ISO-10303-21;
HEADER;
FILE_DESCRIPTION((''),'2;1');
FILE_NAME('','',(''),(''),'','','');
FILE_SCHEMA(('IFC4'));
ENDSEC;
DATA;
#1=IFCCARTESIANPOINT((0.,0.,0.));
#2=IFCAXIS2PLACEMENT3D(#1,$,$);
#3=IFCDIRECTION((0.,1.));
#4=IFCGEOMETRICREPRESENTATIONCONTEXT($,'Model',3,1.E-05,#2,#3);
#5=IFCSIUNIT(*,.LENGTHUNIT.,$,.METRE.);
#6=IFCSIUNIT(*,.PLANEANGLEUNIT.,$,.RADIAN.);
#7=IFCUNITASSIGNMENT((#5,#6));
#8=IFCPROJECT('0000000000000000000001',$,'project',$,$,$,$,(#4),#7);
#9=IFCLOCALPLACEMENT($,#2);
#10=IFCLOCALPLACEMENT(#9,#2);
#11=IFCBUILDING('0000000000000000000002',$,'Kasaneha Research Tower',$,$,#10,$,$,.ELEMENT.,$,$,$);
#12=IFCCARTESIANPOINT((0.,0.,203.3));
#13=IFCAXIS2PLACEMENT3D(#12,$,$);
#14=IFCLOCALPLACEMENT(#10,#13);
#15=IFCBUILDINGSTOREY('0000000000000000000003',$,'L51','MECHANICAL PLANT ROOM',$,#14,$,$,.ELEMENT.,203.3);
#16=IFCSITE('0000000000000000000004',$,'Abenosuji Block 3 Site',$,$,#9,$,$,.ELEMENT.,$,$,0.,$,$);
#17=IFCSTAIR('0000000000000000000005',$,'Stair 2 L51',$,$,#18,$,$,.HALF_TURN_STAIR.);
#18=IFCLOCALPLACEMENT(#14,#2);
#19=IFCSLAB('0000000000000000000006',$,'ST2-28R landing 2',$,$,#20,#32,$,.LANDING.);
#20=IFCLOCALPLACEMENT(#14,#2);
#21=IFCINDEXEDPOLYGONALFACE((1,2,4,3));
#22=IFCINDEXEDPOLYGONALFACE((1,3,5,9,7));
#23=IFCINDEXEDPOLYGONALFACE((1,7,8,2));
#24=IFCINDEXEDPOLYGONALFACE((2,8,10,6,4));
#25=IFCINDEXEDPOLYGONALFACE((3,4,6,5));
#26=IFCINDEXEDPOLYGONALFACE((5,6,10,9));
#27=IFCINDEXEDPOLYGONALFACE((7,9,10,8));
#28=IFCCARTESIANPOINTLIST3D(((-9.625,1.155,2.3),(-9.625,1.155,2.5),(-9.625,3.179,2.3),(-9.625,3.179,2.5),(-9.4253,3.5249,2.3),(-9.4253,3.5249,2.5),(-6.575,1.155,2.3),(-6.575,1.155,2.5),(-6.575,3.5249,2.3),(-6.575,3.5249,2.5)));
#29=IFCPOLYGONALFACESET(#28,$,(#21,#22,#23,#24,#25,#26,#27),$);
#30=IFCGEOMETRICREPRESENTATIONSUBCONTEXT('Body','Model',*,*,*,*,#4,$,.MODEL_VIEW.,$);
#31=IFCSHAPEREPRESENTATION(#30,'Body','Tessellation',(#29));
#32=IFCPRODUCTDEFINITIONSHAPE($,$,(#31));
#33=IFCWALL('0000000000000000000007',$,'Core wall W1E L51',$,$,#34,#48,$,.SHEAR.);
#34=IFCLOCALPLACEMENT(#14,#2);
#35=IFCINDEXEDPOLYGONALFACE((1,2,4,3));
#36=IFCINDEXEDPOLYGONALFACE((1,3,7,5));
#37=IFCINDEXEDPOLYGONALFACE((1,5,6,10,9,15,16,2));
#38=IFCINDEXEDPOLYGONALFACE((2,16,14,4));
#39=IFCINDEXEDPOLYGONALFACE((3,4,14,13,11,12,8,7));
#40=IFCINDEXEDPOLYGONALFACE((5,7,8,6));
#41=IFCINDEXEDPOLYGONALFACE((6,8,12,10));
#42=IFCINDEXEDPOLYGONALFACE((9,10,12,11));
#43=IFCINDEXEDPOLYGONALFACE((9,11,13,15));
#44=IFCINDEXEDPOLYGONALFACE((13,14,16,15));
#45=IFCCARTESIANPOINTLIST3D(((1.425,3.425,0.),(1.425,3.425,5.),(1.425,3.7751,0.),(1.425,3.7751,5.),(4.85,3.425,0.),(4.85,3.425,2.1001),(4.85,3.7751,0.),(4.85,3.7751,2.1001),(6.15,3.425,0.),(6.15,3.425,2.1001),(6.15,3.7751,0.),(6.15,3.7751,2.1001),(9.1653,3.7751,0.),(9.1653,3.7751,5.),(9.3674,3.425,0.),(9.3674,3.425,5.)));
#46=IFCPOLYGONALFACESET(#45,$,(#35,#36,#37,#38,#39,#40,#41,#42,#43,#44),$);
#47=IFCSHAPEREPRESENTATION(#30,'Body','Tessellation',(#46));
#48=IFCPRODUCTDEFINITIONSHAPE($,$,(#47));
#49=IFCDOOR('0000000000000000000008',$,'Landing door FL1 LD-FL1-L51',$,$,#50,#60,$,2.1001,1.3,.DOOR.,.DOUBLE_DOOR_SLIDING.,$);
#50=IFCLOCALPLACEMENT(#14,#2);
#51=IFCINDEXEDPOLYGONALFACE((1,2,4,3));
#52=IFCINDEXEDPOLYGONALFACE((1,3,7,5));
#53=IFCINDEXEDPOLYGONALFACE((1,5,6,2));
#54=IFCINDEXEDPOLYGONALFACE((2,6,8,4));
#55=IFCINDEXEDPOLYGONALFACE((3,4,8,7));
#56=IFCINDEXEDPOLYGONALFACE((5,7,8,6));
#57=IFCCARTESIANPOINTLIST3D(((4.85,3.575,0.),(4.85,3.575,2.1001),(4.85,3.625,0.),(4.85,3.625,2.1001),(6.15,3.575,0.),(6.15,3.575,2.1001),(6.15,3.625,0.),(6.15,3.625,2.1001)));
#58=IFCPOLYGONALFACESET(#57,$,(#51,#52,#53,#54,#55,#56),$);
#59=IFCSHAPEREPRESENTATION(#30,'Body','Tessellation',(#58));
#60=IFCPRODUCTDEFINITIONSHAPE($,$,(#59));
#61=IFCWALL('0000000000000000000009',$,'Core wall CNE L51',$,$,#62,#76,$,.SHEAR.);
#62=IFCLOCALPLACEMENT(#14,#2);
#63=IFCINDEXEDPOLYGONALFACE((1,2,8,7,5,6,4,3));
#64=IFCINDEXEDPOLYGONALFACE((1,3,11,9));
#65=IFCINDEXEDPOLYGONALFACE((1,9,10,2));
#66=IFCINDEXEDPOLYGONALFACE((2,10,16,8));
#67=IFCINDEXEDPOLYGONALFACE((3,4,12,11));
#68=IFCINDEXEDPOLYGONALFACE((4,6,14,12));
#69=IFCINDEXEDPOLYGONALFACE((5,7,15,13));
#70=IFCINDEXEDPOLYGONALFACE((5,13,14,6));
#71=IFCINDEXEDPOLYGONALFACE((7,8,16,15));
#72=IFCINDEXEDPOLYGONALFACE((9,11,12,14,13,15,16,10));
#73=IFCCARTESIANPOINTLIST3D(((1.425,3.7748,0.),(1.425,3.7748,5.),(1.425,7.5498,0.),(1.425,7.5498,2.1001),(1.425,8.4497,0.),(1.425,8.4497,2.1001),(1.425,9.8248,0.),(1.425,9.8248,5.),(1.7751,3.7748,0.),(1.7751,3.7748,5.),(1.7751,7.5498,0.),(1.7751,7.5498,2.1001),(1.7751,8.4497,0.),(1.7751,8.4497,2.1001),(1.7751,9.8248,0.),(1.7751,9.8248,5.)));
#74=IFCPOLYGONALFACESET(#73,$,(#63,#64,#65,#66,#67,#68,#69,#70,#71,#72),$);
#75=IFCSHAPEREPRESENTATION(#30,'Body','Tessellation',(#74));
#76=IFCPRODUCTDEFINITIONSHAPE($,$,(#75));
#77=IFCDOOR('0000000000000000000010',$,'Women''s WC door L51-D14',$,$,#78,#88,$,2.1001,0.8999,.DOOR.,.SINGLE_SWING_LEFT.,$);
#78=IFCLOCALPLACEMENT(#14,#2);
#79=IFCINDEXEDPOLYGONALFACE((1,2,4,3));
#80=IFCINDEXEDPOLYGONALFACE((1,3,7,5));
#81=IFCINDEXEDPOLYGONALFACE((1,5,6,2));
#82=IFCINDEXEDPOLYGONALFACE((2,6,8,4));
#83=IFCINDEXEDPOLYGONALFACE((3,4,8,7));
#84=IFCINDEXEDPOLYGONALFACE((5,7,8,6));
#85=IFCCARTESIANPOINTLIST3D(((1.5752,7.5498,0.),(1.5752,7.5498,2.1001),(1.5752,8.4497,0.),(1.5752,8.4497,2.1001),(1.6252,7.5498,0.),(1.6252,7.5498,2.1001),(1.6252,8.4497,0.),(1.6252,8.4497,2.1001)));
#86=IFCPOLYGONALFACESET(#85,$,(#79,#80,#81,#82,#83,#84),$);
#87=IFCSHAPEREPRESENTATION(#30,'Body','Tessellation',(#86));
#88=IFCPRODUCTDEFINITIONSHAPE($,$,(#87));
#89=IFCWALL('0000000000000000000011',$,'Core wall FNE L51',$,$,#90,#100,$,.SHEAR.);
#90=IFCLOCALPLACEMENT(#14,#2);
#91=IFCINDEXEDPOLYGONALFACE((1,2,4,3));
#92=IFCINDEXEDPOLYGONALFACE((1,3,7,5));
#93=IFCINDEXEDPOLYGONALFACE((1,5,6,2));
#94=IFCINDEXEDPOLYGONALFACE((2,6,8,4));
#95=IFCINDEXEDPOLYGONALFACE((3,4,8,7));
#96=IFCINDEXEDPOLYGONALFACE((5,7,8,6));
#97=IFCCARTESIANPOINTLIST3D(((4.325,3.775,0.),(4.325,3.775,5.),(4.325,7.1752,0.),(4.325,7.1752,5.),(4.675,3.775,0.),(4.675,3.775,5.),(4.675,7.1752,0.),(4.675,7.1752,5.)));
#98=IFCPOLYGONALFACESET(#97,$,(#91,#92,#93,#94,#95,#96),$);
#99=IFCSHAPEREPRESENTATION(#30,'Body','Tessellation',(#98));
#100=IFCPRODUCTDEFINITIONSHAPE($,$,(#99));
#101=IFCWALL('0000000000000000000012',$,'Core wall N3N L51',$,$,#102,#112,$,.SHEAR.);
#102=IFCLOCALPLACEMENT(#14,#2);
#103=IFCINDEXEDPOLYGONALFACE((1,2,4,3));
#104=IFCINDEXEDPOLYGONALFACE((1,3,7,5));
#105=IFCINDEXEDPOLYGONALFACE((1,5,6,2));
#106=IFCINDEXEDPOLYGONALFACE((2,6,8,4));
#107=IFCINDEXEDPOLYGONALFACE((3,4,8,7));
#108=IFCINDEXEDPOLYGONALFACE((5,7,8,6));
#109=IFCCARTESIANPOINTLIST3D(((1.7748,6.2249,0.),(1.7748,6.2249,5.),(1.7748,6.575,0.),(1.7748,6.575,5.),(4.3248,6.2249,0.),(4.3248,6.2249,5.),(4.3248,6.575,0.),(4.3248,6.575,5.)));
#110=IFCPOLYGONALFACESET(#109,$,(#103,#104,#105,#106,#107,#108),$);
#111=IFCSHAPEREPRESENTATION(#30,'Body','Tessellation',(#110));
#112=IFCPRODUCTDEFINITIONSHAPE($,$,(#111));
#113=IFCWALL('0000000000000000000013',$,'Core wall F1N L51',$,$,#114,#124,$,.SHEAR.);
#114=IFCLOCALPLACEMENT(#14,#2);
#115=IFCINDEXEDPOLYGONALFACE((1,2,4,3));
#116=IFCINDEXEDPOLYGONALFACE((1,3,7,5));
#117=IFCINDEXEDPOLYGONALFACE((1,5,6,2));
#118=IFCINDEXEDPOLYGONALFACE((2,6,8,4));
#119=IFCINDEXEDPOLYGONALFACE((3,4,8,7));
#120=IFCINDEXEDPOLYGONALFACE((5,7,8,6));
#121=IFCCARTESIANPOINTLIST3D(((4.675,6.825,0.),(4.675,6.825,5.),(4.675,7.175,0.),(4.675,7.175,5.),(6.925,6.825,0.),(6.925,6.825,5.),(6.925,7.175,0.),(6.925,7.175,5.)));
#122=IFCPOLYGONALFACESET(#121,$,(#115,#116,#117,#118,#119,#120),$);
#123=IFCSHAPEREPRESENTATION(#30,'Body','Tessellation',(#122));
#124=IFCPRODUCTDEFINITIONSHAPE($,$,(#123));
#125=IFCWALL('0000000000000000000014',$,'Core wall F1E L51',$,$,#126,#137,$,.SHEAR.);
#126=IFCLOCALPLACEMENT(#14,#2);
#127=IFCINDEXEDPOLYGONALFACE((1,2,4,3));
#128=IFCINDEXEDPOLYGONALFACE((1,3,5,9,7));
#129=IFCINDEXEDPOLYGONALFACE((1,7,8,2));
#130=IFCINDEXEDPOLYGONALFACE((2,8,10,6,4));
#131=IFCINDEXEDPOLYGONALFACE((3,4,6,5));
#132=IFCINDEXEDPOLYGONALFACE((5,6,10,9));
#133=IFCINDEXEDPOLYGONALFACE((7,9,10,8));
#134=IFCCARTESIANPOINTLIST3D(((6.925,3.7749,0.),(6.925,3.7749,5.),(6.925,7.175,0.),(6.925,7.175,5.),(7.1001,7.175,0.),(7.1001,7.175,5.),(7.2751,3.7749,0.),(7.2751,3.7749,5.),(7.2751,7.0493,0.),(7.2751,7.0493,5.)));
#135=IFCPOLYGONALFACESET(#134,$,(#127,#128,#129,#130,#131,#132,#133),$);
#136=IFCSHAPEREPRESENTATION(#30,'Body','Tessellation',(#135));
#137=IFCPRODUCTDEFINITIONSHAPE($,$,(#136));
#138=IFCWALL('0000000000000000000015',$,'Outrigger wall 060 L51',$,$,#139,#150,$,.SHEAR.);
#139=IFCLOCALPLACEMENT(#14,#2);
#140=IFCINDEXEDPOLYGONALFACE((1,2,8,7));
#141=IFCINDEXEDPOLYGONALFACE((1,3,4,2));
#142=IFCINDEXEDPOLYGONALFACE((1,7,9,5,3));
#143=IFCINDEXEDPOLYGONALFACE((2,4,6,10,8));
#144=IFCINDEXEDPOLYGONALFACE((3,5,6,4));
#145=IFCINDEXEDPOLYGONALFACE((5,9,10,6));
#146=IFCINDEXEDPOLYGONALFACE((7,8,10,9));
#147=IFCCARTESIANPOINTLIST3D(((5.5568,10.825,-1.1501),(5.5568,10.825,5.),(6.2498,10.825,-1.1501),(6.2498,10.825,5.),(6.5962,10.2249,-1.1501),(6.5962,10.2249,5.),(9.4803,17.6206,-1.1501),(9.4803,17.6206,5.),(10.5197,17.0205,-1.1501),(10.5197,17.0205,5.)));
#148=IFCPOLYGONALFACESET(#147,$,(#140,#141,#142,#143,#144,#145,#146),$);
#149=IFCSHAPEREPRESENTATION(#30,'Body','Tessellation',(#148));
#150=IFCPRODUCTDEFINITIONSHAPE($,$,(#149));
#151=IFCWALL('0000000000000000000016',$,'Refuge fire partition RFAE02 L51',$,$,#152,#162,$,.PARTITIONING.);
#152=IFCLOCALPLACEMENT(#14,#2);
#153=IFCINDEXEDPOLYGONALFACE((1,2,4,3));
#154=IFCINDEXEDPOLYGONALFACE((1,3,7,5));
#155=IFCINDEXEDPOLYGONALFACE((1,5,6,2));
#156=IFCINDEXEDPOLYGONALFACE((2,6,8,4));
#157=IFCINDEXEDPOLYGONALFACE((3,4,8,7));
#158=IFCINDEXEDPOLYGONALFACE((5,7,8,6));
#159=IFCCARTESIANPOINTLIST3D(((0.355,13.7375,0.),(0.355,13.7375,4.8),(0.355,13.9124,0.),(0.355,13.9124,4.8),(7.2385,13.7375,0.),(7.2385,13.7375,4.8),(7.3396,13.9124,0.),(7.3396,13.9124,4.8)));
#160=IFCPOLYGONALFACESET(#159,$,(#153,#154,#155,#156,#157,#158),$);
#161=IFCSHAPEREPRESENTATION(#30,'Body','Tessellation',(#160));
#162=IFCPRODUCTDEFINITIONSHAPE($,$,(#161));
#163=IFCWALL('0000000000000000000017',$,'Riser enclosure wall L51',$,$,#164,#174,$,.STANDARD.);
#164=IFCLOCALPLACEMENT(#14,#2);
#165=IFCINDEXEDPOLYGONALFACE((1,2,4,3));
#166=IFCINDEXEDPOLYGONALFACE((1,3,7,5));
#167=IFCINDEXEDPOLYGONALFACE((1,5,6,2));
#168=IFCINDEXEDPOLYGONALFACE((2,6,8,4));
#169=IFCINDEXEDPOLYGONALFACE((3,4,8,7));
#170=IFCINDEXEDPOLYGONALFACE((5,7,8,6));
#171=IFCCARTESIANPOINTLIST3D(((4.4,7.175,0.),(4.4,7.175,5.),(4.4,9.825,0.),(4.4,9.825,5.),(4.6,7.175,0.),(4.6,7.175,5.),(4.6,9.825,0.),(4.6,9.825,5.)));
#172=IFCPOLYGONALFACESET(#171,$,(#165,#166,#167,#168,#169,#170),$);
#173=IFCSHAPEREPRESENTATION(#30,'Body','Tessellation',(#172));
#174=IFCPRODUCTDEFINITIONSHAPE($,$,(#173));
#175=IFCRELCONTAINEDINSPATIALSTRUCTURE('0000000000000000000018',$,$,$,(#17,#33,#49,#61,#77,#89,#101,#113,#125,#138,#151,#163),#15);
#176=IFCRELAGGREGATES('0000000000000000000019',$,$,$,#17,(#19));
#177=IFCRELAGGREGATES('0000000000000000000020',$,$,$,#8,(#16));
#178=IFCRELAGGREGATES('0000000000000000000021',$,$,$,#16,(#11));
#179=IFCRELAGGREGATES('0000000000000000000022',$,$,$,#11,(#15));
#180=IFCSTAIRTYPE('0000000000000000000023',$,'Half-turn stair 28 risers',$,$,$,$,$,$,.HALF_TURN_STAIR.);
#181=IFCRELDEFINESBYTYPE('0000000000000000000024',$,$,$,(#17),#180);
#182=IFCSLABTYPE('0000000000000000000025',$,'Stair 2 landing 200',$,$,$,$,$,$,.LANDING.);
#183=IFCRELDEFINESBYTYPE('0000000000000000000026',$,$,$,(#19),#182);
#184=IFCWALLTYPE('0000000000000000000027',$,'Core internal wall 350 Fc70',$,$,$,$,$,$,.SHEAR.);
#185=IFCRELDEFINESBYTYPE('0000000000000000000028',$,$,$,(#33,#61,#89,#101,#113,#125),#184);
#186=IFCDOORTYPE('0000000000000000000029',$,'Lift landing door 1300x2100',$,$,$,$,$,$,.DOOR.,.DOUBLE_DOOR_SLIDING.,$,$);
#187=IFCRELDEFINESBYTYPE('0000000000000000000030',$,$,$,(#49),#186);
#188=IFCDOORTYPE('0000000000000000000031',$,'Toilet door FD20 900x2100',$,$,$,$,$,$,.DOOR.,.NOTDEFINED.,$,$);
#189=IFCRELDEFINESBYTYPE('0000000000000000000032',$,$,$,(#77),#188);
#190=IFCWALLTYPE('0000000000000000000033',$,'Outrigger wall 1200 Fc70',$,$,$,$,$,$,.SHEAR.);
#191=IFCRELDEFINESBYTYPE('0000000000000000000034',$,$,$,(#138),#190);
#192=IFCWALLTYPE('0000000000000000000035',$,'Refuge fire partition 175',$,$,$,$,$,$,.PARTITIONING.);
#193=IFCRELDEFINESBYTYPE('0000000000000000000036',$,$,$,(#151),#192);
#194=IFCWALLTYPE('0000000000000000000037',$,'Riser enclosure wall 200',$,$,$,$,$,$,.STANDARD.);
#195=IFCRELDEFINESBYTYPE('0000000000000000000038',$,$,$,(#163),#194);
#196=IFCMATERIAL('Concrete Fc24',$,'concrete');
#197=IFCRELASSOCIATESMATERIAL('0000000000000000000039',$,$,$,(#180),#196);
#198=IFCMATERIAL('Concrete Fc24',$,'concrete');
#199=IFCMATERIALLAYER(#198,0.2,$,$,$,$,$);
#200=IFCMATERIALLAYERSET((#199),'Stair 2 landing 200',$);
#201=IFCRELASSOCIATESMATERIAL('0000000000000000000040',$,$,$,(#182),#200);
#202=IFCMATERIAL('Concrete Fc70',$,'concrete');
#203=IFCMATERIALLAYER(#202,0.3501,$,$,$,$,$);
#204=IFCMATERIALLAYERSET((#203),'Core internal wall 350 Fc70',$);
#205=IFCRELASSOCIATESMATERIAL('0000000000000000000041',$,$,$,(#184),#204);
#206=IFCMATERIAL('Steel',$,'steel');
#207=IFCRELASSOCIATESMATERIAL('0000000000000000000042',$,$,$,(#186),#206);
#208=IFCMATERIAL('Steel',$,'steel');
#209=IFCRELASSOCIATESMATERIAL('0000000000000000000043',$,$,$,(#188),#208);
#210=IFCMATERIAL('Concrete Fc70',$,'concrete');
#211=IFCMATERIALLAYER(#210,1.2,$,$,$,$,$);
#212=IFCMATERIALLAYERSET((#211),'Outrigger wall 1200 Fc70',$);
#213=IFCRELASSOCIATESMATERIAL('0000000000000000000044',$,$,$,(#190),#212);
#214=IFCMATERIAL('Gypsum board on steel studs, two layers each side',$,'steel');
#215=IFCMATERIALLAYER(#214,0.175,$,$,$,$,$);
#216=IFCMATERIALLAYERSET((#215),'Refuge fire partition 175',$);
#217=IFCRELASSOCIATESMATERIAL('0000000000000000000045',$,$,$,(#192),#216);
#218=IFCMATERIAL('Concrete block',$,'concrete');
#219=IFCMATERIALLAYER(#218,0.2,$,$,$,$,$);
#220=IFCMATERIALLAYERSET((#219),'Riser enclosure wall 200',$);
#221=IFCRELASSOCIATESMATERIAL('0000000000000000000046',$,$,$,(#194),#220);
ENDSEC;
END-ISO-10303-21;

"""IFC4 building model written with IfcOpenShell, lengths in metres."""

from ifc_helpers import new_model, si_unit, direction, frame, frame_2d, origin, place, context, subcontext, project, spatial, polyline, rectangle, outline, extrude, material, layer, layer_set, type_object, element, fill, aggregate, save


model = new_model("IFC4")

# Units and contexts
model_context = context("Model", 3, precision=1e-05, world=origin(), true_north=direction((0.0, 1.0)))
body_context = subcontext(model_context, "Body", "Model", "MODEL_VIEW")
ifc_project = project(units=[si_unit("LENGTHUNIT", "METRE"), si_unit("PLANEANGLEUNIT", "RADIAN")], contexts=[model_context])

# Site, building, storey
site_placement = place(None, origin())
site = spatial("IfcSite", under=ifc_project, at=site_placement, Name="Abenosuji Block 3 Site", CompositionType="ELEMENT", RefElevation=0.0)
building_placement = place(site_placement, origin())
building = spatial("IfcBuilding", under=site, at=building_placement, Name="Kasaneha Research Tower", CompositionType="ELEMENT")
storey_placement = place(building_placement, frame((0.0, 0.0, 203.3)))
storey = spatial("IfcBuildingStorey", under=building, at=storey_placement, Name="L51", Description="MECHANICAL PLANT ROOM", CompositionType="ELEMENT", Elevation=203.3)

# Stair, slab
ifc_material_1 = material(Name="Concrete Fc24", Category="concrete")
stair_type = type_object("IfcStairType", Name="Half-turn stair 28 risers", PredefinedType="HALF_TURN_STAIR", material=ifc_material_1)
stair_1_placement = place(storey_placement, origin())
stair_1 = element("IfcStair", 1, at=stair_1_placement, inside=storey, type_object=stair_type, Name="Stair 2 L51", PredefinedType="HALF_TURN_STAIR")
ifc_material_2 = material(Name="Concrete Fc24", Category="concrete")
ifc_layer_1 = layer(ifc_material_2, 0.2)
ifc_layer_set_1 = layer_set([ifc_layer_1], Name="Stair 2 landing 200")
slab_type_1 = type_object("IfcSlabType", Name="Stair 2 landing 200", PredefinedType="LANDING", material=ifc_layer_set_1)
slab_1_placement = place(storey_placement, frame((0.0, 0.0, 2.3)))
slab_1 = element("IfcSlab", 2, at=slab_1_placement, type_object=slab_type_1, Name="ST2-28R landing 2", PredefinedType="LANDING", context=body_context, shape_type="SweptSolid", body=[
    extrude(outline(polyline([(-6.575, 1.155), (-9.625, 1.155), (-9.625, 3.179), (-9.4253, 3.5249), (-6.575, 3.5249), (-6.575, 1.155)])), origin(), (0.0, 0.0, 1.0), 0.2),
])
aggregate(stair_1, [slab_1])

# Walls, openings, doors
ifc_material_3 = material(Name="Concrete Fc70", Category="concrete")
ifc_layer_2 = layer(ifc_material_3, 0.3501)
ifc_layer_set_2 = layer_set([ifc_layer_2], Name="Core internal wall 350 Fc70")
wall_type_1 = type_object("IfcWallType", Name="Core internal wall 350 Fc70", PredefinedType="SHEAR", material=ifc_layer_set_2)
wall_1_placement = place(storey_placement, frame((1.425, 3.6001, 0.0), z_axis=(0.0, 0.0, 1.0), x_axis=(1.0, 0.0, 0.0)))
wall_1 = element("IfcWall", 3, at=wall_1_placement, inside=storey, type_object=wall_type_1, Name="Core wall W1E L51", PredefinedType="SHEAR", context=body_context, shape_type="SweptSolid", body=[
    extrude(outline(polyline([(0.0, -0.175), (3.425, -0.175), (4.7251, -0.175), (7.9424, -0.175), (7.7402, 0.175), (4.7251, 0.175), (3.425, 0.175), (0.0, 0.175), (0.0, -0.175)])), origin(), (0.0, 0.0, 1.0), 5.0),
])
opening_1_placement = place(wall_1_placement, frame((3.425, 0.0, 0.0)))
opening_1 = element("IfcOpeningElement", 4, at=opening_1_placement, cuts=wall_1, PredefinedType="OPENING", context=body_context, shape_type="SweptSolid", body=[
    extrude(rectangle(XDim=1.3, YDim=2.1001, at=frame_2d((0.6499, 1.05))), frame((0.0, 0.1851, 0.0), z_axis=(0.0, -1.0, 0.0), x_axis=(1.0, 0.0, 0.0)), (0.0, 0.0, 1.0), 0.3701),
])
ifc_material_4 = material(Name="Steel", Category="steel")
door_type_1 = type_object("IfcDoorType", Name="Lift landing door 1300x2100", OperationType="DOUBLE_DOOR_SLIDING", PredefinedType="DOOR", material=ifc_material_4)
door_1_placement = place(opening_1_placement, origin())
door_1 = element("IfcDoor", 5, at=door_1_placement, inside=storey, type_object=door_type_1, Name="Landing door FL1 LD-FL1-L51", OperationType="DOUBLE_DOOR_SLIDING", OverallHeight=2.1001, OverallWidth=1.3, PredefinedType="DOOR", context=body_context, shape_type="SweptSolid", body=[
    extrude(rectangle(XDim=1.3, YDim=2.1001, at=frame_2d((0.6499, 1.05))), frame((0.0, 0.0249, 0.0), z_axis=(0.0, -1.0, 0.0), x_axis=(1.0, 0.0, 0.0)), (0.0, 0.0, 1.0), 0.05),
])
fill(opening_1, door_1)
wall_2_placement = place(storey_placement, frame((1.6001, 3.7749, 0.0), z_axis=(0.0, 0.0, 1.0), x_axis=(0.0, 1.0, 0.0)))
wall_2 = element("IfcWall", 6, at=wall_2_placement, inside=storey, type_object=wall_type_1, Name="Core wall CNE L51", PredefinedType="SHEAR", context=body_context, shape_type="SweptSolid", body=[
    extrude(rectangle(XDim=6.05, YDim=0.3501, at=frame_2d((3.0249, 0.0))), origin(), (0.0, 0.0, 1.0), 5.0),
])
opening_2_placement = place(wall_2_placement, frame((3.7749, 0.0, 0.0)))
opening_2 = element("IfcOpeningElement", 7, at=opening_2_placement, cuts=wall_2, PredefinedType="OPENING", context=body_context, shape_type="SweptSolid", body=[
    extrude(rectangle(XDim=0.8999, YDim=2.1001, at=frame_2d((0.45, 1.05))), frame((0.0, 0.1851, 0.0), z_axis=(0.0, -1.0, 0.0), x_axis=(1.0, 0.0, 0.0)), (0.0, 0.0, 1.0), 0.3701),
])
ifc_material_5 = material(Name="Steel", Category="steel")
door_type_2 = type_object("IfcDoorType", Name="Toilet door FD20 900x2100", OperationType="NOTDEFINED", PredefinedType="DOOR", material=ifc_material_5)
door_2_placement = place(opening_2_placement, origin())
door_2 = element("IfcDoor", 8, at=door_2_placement, inside=storey, type_object=door_type_2, Name="Women's WC door L51-D14", OperationType="SINGLE_SWING_LEFT", OverallHeight=2.1001, OverallWidth=0.8999, PredefinedType="DOOR", context=body_context, shape_type="SweptSolid", body=[
    extrude(rectangle(XDim=0.8999, YDim=2.1001, at=frame_2d((0.45, 1.05))), frame((0.0, 0.0249, 0.0), z_axis=(0.0, -1.0, 0.0), x_axis=(1.0, 0.0, 0.0)), (0.0, 0.0, 1.0), 0.05),
])
fill(opening_2, door_2)

# Walls
wall_3_placement = place(storey_placement, frame((4.5, 3.7749, 0.0), z_axis=(0.0, 0.0, 1.0), x_axis=(0.0, 1.0, 0.0)))
element("IfcWall", 9, at=wall_3_placement, inside=storey, type_object=wall_type_1, Name="Core wall FNE L51", PredefinedType="SHEAR", context=body_context, shape_type="SweptSolid", body=[
    extrude(rectangle(XDim=3.4001, YDim=0.3501, at=frame_2d((1.7002, 0.0))), origin(), (0.0, 0.0, 1.0), 5.0),
])
wall_4_placement = place(storey_placement, frame((1.7749, 6.3999, 0.0), z_axis=(0.0, 0.0, 1.0), x_axis=(1.0, 0.0, 0.0)))
element("IfcWall", 10, at=wall_4_placement, inside=storey, type_object=wall_type_1, Name="Core wall N3N L51", PredefinedType="SHEAR", context=body_context, shape_type="SweptSolid", body=[
    extrude(rectangle(XDim=2.55, YDim=0.3501, at=frame_2d((1.2749, 0.0))), origin(), (0.0, 0.0, 1.0), 5.0),
])
wall_5_placement = place(storey_placement, frame((4.675, 7.0, 0.0), z_axis=(0.0, 0.0, 1.0), x_axis=(1.0, 0.0, 0.0)))
element("IfcWall", 11, at=wall_5_placement, inside=storey, type_object=wall_type_1, Name="Core wall F1N L51", PredefinedType="SHEAR", context=body_context, shape_type="SweptSolid", body=[
    extrude(rectangle(XDim=2.25, YDim=0.3501, at=frame_2d((1.125, 0.0))), origin(), (0.0, 0.0, 1.0), 5.0),
])
wall_6_placement = place(storey_placement, frame((7.1001, 3.7749, 0.0), z_axis=(0.0, 0.0, 1.0), x_axis=(0.0, 1.0, 0.0)))
element("IfcWall", 12, at=wall_6_placement, inside=storey, type_object=wall_type_1, Name="Core wall F1E L51", PredefinedType="SHEAR", context=body_context, shape_type="SweptSolid", body=[
    extrude(outline(polyline([(0.0, -0.175), (3.2744, -0.175), (3.4001, 0.0), (3.4001, 0.175), (0.0, 0.175), (0.0, -0.175)])), origin(), (0.0, 0.0, 1.0), 5.0),
])

# Walls
ifc_material_6 = material(Name="Concrete Fc70", Category="concrete")
ifc_layer_3 = layer(ifc_material_6, 1.2)
ifc_layer_set_3 = layer_set([ifc_layer_3], Name="Outrigger wall 1200 Fc70")
wall_type_2 = type_object("IfcWallType", Name="Outrigger wall 1200 Fc70", PredefinedType="SHEAR", material=ifc_layer_set_3)
wall_7_placement = place(storey_placement, frame((6.2498, 10.825, -1.1501), z_axis=(0.0, 0.0, 1.0), x_axis=(0.5, 0.866025, 0.0)))
element("IfcWall", 13, at=wall_7_placement, inside=storey, type_object=wall_type_2, Name="Outrigger wall 060 L51", PredefinedType="SHEAR", context=body_context, shape_type="SweptSolid", body=[
    extrude(outline(polyline([(-0.3464, -0.6001), (7.5005, -0.6001), (7.5005, 0.6001), (-0.3464, 0.6001), (0.0, 0.0), (-0.3464, -0.6001)])), origin(), (0.0, 0.0, 1.0), 6.1501),
])
ifc_material_7 = material(Name="Gypsum board on steel studs, two layers each side", Category="steel")
ifc_layer_4 = layer(ifc_material_7, 0.175)
ifc_layer_set_4 = layer_set([ifc_layer_4], Name="Refuge fire partition 175")
wall_type_3 = type_object("IfcWallType", Name="Refuge fire partition 175", PredefinedType="PARTITIONING", material=ifc_layer_set_4)
wall_8_placement = place(storey_placement, frame((7.2891, 13.825, 0.0), z_axis=(0.0, 0.0, 1.0), x_axis=(-1.0, 0.0, 0.0)))
element("IfcWall", 14, at=wall_8_placement, inside=storey, type_object=wall_type_3, Name="Refuge fire partition RFAE02 L51", PredefinedType="PARTITIONING", context=body_context, shape_type="SweptSolid", body=[
    extrude(outline(polyline([(-0.0505, -0.0874), (6.9341, -0.0874), (6.9341, 0.0874), (0.0505, 0.0874), (-0.0505, -0.0874)])), origin(), (0.0, 0.0, 1.0), 4.8),
])
ifc_material_8 = material(Name="Concrete block", Category="concrete")
ifc_layer_5 = layer(ifc_material_8, 0.2)
ifc_layer_set_5 = layer_set([ifc_layer_5], Name="Riser enclosure wall 200")
wall_type_4 = type_object("IfcWallType", Name="Riser enclosure wall 200", PredefinedType="STANDARD", material=ifc_layer_set_5)
wall_9_placement = place(storey_placement, frame((4.5, 7.175, 0.0), z_axis=(0.0, 0.0, 1.0), x_axis=(0.0, 1.0, 0.0)))
element("IfcWall", 15, at=wall_9_placement, inside=storey, type_object=wall_type_4, Name="Riser enclosure wall L51", PredefinedType="STANDARD", context=body_context, shape_type="SweptSolid", body=[
    extrude(rectangle(XDim=2.6499, YDim=0.2, at=frame_2d((1.325, 0.0))), origin(), (0.0, 0.0, 1.0), 5.0),
])

save(model, "model.ifc")
